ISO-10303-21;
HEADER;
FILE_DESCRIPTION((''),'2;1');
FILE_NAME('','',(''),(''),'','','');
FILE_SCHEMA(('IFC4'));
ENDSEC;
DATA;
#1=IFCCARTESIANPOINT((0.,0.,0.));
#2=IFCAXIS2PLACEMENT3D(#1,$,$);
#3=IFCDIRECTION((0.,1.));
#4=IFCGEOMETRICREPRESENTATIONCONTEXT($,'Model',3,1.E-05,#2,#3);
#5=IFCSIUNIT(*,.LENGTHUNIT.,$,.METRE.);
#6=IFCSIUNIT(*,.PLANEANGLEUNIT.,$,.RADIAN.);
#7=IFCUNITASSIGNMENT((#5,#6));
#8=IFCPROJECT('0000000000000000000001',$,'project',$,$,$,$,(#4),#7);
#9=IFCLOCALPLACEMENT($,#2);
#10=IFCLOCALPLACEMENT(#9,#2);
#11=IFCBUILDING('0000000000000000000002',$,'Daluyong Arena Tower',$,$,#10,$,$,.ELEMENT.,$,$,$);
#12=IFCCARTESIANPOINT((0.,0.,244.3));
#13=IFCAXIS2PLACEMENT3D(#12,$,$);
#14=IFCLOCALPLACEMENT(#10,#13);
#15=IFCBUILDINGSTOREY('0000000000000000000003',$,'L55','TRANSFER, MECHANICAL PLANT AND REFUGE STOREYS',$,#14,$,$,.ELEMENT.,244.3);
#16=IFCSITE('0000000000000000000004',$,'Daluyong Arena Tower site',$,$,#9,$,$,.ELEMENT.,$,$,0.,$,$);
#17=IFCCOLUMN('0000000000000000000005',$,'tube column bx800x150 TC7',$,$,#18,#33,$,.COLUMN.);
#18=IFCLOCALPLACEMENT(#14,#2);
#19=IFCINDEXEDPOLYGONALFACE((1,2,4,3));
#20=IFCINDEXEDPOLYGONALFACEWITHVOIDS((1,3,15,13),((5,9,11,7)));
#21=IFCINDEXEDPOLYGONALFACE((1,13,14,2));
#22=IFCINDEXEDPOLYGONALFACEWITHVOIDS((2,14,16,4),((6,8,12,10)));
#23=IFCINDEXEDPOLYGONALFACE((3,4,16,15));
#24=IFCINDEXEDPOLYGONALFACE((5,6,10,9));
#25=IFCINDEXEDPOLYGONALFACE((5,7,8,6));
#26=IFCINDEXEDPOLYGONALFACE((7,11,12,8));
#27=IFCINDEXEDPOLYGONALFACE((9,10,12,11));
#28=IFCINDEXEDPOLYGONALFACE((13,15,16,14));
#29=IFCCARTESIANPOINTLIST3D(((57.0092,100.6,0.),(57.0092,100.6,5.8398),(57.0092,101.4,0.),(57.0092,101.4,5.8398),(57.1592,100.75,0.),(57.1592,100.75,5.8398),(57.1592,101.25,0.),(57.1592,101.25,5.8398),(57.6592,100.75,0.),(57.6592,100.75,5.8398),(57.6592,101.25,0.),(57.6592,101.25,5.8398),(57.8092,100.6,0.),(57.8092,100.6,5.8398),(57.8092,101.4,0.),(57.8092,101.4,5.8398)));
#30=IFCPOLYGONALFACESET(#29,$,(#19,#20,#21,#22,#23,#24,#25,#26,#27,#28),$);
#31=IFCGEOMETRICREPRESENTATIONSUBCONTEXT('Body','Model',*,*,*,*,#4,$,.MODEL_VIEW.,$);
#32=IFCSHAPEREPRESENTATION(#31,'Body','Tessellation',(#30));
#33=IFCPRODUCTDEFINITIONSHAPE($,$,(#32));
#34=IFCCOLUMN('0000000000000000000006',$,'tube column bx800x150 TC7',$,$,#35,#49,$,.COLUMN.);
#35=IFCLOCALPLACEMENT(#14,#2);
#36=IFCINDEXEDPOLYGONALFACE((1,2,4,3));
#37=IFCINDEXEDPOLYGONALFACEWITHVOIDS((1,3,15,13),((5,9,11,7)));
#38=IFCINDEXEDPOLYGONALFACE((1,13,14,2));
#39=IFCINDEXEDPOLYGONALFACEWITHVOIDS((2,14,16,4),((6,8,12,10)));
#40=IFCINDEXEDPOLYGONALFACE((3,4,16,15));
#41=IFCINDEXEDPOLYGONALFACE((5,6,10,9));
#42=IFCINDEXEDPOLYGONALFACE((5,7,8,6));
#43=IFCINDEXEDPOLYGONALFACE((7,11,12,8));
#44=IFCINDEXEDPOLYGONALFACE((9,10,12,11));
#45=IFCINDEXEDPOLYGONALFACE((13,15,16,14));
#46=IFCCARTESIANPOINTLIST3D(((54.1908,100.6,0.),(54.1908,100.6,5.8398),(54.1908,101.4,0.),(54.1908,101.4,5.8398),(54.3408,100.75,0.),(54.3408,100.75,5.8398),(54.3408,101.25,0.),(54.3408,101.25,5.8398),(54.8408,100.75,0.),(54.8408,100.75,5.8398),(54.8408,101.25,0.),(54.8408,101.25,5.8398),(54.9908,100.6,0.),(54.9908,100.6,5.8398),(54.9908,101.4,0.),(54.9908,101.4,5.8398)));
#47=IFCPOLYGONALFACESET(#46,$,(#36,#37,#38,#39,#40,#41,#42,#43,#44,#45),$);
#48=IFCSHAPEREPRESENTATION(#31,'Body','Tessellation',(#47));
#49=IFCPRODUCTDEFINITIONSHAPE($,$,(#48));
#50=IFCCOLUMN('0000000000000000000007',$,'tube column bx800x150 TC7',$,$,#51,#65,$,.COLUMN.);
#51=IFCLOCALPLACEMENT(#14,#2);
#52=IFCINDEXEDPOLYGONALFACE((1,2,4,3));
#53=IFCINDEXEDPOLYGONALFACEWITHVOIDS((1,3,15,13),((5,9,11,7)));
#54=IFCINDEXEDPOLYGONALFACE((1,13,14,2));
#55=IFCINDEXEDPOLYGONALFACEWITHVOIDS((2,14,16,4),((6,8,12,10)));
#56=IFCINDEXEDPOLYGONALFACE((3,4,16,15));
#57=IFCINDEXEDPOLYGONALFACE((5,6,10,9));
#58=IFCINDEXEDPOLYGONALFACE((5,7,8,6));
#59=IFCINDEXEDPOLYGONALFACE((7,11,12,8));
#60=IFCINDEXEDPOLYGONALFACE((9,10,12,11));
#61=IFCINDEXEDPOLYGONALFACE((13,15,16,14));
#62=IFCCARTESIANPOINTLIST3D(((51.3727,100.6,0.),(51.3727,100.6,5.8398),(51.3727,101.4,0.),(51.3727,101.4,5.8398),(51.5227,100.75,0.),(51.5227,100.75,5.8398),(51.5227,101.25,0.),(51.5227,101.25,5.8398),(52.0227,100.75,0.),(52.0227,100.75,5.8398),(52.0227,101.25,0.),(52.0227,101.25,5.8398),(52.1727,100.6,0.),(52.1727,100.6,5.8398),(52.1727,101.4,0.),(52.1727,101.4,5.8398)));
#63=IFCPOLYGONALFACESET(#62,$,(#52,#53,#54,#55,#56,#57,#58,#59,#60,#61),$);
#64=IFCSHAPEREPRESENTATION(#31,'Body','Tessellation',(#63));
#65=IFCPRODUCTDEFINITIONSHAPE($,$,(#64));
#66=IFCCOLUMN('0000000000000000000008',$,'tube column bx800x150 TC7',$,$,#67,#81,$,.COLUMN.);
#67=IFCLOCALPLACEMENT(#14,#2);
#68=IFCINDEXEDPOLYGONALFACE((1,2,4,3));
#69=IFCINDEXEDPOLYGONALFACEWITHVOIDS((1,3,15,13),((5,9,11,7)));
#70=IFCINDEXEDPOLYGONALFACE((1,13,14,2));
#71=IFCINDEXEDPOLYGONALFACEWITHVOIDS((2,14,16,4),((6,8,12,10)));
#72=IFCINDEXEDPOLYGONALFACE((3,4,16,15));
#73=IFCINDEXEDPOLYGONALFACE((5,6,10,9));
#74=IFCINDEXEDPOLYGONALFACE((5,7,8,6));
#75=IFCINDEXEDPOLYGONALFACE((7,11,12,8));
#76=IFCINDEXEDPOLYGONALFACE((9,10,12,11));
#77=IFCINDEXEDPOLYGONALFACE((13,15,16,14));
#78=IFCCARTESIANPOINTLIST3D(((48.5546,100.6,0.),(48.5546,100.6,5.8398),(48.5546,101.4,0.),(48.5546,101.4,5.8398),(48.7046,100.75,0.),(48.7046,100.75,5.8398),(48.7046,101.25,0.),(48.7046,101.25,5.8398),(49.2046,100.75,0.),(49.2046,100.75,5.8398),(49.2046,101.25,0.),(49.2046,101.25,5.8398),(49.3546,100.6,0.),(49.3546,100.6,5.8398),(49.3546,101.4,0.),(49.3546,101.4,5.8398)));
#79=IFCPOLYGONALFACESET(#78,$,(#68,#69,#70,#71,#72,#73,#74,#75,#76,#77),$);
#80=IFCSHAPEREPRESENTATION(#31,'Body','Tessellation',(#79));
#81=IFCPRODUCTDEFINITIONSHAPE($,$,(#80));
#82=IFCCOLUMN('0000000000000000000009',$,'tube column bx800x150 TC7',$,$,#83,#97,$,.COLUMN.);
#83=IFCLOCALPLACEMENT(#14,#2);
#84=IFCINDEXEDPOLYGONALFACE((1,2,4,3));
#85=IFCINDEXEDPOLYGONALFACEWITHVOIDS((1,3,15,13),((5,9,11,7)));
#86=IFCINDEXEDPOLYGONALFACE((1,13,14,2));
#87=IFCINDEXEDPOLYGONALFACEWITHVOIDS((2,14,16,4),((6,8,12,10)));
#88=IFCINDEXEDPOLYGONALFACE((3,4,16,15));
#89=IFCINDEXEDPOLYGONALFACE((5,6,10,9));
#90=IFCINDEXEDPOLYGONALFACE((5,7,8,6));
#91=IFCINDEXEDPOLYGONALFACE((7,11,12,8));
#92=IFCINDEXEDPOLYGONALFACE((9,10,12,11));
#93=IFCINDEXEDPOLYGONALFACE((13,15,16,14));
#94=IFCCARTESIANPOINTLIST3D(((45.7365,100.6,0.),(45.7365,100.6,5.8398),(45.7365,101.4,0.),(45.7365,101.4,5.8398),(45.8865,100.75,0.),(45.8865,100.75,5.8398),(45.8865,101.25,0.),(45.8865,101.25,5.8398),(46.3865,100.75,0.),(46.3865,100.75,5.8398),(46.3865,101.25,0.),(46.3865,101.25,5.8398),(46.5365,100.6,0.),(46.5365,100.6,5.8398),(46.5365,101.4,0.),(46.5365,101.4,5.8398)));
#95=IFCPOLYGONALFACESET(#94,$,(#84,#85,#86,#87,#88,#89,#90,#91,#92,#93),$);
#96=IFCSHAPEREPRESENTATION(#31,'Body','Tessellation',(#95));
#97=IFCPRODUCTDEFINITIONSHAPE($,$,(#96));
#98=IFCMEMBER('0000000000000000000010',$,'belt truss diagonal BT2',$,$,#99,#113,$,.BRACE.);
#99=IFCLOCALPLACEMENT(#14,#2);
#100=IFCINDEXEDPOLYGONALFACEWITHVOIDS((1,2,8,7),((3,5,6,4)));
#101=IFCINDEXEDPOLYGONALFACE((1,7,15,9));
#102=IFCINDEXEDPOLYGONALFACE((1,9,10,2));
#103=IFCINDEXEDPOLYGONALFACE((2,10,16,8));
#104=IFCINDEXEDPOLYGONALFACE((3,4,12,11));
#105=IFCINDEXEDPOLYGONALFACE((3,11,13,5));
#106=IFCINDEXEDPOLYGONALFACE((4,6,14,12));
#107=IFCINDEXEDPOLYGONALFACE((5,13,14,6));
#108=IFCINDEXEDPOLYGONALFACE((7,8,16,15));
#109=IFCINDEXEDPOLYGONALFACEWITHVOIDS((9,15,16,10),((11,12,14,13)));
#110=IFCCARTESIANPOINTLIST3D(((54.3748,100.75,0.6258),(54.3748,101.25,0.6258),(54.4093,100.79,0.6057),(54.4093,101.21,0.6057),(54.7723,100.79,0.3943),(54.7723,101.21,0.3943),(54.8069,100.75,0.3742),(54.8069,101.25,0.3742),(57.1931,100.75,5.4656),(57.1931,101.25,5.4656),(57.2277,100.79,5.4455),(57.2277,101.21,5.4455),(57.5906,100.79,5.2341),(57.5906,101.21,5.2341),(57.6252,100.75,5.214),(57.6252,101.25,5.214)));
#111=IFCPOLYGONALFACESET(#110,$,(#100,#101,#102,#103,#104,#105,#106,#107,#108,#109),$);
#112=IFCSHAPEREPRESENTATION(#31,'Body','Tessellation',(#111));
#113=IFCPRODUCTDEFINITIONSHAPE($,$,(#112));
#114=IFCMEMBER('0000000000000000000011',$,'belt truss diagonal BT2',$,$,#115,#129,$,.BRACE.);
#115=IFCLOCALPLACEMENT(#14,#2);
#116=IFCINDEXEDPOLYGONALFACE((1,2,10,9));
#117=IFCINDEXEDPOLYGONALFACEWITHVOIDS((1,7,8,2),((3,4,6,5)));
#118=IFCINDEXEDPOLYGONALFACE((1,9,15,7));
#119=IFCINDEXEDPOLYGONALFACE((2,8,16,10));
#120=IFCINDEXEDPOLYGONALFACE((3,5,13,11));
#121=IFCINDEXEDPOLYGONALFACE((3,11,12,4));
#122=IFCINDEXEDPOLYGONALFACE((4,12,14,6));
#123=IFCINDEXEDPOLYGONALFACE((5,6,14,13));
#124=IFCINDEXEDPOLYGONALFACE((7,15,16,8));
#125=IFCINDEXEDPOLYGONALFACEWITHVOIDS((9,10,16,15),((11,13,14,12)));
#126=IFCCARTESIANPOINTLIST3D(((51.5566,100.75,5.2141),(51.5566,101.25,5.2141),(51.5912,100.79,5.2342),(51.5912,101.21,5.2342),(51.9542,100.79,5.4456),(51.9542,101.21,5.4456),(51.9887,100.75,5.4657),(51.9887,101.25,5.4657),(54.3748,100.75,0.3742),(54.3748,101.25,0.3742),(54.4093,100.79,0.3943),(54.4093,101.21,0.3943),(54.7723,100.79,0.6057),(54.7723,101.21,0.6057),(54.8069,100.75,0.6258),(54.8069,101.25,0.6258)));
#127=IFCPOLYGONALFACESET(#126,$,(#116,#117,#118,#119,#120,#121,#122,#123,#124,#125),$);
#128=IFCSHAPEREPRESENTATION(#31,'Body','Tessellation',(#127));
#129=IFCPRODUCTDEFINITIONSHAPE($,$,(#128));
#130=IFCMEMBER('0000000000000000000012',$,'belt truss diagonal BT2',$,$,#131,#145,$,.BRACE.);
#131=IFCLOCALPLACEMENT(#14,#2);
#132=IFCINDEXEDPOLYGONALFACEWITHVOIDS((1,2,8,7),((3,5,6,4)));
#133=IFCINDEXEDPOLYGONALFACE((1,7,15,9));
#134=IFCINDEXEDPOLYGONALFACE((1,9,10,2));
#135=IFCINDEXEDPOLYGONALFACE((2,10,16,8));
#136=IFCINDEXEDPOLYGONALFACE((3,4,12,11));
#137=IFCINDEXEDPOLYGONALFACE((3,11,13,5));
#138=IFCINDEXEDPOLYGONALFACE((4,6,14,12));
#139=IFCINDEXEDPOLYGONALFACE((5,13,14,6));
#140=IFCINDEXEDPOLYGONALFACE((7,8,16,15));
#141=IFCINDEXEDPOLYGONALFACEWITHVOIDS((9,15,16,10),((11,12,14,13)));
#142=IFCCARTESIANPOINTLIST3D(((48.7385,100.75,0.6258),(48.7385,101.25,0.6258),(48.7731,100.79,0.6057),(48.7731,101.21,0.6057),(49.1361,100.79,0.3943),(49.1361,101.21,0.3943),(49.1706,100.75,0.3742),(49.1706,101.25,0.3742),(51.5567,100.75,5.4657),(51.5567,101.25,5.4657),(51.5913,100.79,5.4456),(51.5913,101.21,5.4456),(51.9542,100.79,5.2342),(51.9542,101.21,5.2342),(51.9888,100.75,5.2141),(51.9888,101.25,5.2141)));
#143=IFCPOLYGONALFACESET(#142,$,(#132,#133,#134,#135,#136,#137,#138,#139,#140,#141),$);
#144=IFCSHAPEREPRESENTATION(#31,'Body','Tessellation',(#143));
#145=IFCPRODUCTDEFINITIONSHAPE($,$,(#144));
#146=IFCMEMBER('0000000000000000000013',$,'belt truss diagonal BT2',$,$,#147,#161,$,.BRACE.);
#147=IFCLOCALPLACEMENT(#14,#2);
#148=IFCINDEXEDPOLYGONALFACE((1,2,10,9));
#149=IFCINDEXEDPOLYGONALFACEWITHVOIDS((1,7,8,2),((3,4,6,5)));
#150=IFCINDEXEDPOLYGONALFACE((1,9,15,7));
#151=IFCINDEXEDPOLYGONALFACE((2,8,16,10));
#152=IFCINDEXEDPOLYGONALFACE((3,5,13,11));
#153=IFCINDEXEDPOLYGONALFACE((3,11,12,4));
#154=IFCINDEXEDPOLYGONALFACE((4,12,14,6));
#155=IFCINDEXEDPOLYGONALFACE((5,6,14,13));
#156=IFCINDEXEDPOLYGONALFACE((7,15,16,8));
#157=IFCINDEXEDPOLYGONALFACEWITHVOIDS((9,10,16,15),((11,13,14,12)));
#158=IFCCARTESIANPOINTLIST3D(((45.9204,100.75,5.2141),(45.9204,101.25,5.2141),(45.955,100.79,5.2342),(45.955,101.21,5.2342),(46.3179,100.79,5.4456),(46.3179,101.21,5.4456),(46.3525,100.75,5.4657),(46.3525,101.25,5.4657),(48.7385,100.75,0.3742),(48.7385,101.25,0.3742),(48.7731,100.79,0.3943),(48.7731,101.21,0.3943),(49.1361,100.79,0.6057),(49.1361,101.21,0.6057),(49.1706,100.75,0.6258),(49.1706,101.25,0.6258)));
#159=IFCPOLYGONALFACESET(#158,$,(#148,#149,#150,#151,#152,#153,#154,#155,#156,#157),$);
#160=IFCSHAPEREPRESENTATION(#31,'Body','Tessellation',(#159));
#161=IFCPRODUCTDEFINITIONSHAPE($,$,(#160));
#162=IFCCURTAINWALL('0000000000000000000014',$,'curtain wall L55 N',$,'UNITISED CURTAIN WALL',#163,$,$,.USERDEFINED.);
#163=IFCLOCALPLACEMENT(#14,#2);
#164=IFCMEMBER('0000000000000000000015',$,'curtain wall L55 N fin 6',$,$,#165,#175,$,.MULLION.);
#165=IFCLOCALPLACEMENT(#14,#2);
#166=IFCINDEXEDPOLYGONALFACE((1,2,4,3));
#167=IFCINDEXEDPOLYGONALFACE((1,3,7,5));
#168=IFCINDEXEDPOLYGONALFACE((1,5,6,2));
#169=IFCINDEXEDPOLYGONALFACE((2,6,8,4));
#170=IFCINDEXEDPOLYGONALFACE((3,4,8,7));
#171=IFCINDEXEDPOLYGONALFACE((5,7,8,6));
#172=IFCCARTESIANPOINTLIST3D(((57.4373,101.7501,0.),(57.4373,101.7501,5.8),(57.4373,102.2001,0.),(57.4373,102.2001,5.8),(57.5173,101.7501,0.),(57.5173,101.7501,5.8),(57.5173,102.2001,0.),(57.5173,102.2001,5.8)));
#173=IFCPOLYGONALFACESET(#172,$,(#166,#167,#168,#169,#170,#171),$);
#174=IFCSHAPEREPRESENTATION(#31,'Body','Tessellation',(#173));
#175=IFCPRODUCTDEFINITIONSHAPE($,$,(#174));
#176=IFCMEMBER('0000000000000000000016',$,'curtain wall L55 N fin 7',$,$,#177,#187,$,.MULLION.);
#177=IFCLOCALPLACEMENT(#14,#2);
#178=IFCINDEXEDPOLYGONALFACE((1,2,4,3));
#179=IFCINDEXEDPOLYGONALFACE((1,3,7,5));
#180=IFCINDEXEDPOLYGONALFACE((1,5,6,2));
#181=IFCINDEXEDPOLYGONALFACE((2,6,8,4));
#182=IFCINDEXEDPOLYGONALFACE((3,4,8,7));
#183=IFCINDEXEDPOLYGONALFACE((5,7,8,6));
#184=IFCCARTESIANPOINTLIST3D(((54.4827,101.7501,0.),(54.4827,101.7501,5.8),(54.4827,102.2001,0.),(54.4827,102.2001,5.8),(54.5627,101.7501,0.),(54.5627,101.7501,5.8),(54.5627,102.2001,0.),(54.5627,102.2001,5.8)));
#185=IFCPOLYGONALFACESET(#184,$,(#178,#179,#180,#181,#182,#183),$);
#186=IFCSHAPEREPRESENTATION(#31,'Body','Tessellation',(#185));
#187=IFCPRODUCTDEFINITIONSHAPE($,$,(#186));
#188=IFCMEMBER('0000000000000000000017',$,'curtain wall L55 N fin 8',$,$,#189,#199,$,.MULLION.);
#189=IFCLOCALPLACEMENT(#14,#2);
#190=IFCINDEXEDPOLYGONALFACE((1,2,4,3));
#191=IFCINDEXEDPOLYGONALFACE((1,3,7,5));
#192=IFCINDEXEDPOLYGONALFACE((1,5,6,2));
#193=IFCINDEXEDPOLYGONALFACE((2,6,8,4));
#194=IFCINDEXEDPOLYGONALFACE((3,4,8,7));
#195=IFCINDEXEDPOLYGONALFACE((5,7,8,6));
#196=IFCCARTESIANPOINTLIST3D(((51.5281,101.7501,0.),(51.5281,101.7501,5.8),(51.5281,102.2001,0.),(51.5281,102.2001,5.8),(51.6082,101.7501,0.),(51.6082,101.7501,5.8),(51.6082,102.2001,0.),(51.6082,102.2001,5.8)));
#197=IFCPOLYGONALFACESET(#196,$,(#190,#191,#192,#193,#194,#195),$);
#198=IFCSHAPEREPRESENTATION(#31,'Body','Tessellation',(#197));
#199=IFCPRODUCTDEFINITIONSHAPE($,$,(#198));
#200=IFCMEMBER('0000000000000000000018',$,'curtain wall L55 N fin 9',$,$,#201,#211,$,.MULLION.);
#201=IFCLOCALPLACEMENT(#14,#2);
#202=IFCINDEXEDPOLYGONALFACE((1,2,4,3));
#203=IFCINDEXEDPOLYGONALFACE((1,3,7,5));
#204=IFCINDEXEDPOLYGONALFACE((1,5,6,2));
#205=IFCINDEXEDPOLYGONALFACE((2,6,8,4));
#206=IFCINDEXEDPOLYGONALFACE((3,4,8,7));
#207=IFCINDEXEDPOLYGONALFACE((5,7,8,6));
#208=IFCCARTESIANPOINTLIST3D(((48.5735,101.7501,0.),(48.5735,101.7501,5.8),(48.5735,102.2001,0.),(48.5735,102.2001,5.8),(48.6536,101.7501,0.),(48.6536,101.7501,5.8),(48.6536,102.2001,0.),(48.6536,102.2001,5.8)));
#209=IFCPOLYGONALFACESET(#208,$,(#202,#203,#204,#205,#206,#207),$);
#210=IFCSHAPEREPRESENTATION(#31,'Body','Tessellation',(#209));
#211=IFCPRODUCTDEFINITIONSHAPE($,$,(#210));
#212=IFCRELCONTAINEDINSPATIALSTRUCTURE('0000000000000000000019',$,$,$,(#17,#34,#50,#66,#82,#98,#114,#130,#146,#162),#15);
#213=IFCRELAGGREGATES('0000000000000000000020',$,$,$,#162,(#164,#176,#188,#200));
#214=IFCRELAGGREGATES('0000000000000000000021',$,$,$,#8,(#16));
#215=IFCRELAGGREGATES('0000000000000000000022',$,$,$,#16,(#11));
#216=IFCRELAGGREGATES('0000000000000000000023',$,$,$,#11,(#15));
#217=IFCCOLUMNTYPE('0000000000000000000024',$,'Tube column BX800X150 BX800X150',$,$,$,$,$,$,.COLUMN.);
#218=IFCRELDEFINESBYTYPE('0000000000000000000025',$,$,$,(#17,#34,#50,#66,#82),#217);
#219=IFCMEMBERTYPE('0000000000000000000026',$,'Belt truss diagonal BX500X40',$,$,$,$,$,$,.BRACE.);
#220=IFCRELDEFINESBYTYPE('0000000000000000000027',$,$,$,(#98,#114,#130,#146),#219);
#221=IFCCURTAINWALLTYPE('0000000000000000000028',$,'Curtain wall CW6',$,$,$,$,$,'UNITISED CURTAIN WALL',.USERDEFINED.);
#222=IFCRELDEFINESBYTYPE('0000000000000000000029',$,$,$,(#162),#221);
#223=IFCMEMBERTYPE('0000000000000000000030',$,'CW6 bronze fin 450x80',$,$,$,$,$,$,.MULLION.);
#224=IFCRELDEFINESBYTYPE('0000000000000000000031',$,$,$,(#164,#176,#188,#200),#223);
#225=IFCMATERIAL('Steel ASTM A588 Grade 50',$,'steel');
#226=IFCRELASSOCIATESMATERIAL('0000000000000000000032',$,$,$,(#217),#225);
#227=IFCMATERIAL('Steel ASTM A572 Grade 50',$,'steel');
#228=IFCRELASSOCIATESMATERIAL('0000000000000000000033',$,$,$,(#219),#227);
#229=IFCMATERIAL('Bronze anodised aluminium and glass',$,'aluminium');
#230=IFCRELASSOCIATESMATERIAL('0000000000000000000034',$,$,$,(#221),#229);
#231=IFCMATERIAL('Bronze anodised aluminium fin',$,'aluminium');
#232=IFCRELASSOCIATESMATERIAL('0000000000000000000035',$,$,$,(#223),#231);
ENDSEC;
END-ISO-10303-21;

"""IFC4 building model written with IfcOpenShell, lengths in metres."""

from ifc_helpers import new_model, si_unit, direction, frame, origin, origin_2d, place, context, subcontext, project, spatial, rectangle, hollow_rectangle, extrude, material, material_profile, profile_set, type_object, element, aggregate, save


model = new_model("IFC4")

# Units and contexts
model_context = context("Model", 3, precision=1e-05, world=origin(), true_north=direction((0.0, 1.0)))
body_context = subcontext(model_context, "Body", "Model", "MODEL_VIEW")
ifc_project = project(units=[si_unit("LENGTHUNIT", "METRE"), si_unit("PLANEANGLEUNIT", "RADIAN")], contexts=[model_context])

# Site, building, storey
site_placement = place(None, origin())
site = spatial("IfcSite", under=ifc_project, at=site_placement, Name="Daluyong Arena Tower site", CompositionType="ELEMENT", RefElevation=0.0)
building_placement = place(site_placement, origin())
building = spatial("IfcBuilding", under=site, at=building_placement, Name="Daluyong Arena Tower", CompositionType="ELEMENT")
storey_placement = place(building_placement, frame((0.0, 0.0, 244.3)))
storey = spatial("IfcBuildingStorey", under=building, at=storey_placement, Name="L55", Description="TRANSFER, MECHANICAL PLANT AND REFUGE STOREYS", CompositionType="ELEMENT", Elevation=244.3)

# Columns
ifc_material_1 = material(Name="Steel ASTM A588 Grade 50", Category="steel")
ifc_material_profile_1 = material_profile(ifc_material_1, hollow_rectangle(XDim=0.8, YDim=0.8, WallThickness=0.15, at=origin_2d()))
ifc_profile_set_1 = profile_set([ifc_material_profile_1], Name="Steel ASTM A588 Grade 50")
column_type = type_object("IfcColumnType", Name="Tube column BX800X150 BX800X150", PredefinedType="COLUMN", material=ifc_profile_set_1)
for number, where, z_axis, x_axis, name in (
    (1, (57.4092, 101.0, 0.0), (0.0, 0.0, 1.0), (1.0, 0.0, 0.0), "tube column bx800x150 TC7"),
    (2, (54.5908, 101.0, 0.0), (0.0, 0.0, 1.0), (1.0, 0.0, 0.0), "tube column bx800x150 TC7"),
    (3, (51.7727, 101.0, 0.0), (0.0, 0.0, 1.0), (1.0, 0.0, 0.0), "tube column bx800x150 TC7"),
    (4, (48.9546, 101.0, 0.0), (0.0, 0.0, 1.0), (1.0, 0.0, 0.0), "tube column bx800x150 TC7"),
    (5, (46.1365, 101.0, 0.0), (0.0, 0.0, 1.0), (1.0, 0.0, 0.0), "tube column bx800x150 TC7"),
):
    element("IfcColumn", number, at=place(storey_placement, frame(where, z_axis=z_axis, x_axis=x_axis)), inside=storey, type_object=column_type, Name=name, PredefinedType="COLUMN", context=body_context, shape_type="SweptSolid", body=[
        extrude(hollow_rectangle(XDim=0.8, YDim=0.8, WallThickness=0.15, at=origin_2d()), origin(), (0.0, 0.0, 1.0), 5.8398),
    ])

# Members
ifc_material_2 = material(Name="Steel ASTM A572 Grade 50", Category="steel")
ifc_material_profile_2 = material_profile(ifc_material_2, hollow_rectangle(XDim=0.5, YDim=0.5, WallThickness=0.04, at=origin_2d()))
ifc_profile_set_2 = profile_set([ifc_material_profile_2], Name="Steel ASTM A572 Grade 50")
member_type_1 = type_object("IfcMemberType", Name="Belt truss diagonal BX500X40", PredefinedType="BRACE", material=ifc_profile_set_2)
for number, where, z_axis, x_axis, name in (
    (6, (54.5908, 101.0, 0.5), (0.50322, 0.0, 0.864158), (0.0, 1.0, 0.0), "belt truss diagonal BT2"),
    (7, (54.5908, 101.0, 0.5), (-0.503188, 0.0, 0.864177), (0.0, -1.0, 0.0), "belt truss diagonal BT2"),
    (8, (48.9546, 101.0, 0.5), (0.503188, 0.0, 0.864177), (0.0, 1.0, 0.0), "belt truss diagonal BT2"),
    (9, (48.9546, 101.0, 0.5), (-0.503188, 0.0, 0.864177), (0.0, -1.0, 0.0), "belt truss diagonal BT2"),
):
    element("IfcMember", number, at=place(storey_placement, frame(where, z_axis=z_axis, x_axis=x_axis)), inside=storey, type_object=member_type_1, Name=name, PredefinedType="BRACE", context=body_context, shape_type="SweptSolid", body=[
        extrude(hollow_rectangle(XDim=0.5, YDim=0.5, WallThickness=0.04, at=origin_2d()), origin(), (0.0, 0.0, 1.0), 5.6006),
    ])

# Curtain wall, members
ifc_material_3 = material(Name="Bronze anodised aluminium and glass", Category="aluminium")
curtain_wall_type = type_object("IfcCurtainWallType", Name="Curtain wall CW6", ElementType="UNITISED CURTAIN WALL", PredefinedType="USERDEFINED", material=ifc_material_3)
curtain_wall_placement = place(storey_placement, origin())
curtain_wall = element("IfcCurtainWall", 10, at=curtain_wall_placement, inside=storey, type_object=curtain_wall_type, Name="curtain wall L55 N", ObjectType="UNITISED CURTAIN WALL", PredefinedType="USERDEFINED")
ifc_material_4 = material(Name="Bronze anodised aluminium fin", Category="aluminium")
ifc_material_profile_3 = material_profile(ifc_material_4, rectangle(XDim=0.45, YDim=0.0801, at=origin_2d()))
ifc_profile_set_3 = profile_set([ifc_material_profile_3], Name="Bronze anodised aluminium fin")
member_type_2 = type_object("IfcMemberType", Name="CW6 bronze fin 450x80", PredefinedType="MULLION", material=ifc_profile_set_3)
member_1_placement = place(storey_placement, frame((57.4773, 101.9751, 0.0), z_axis=(0.0, 0.0, 1.0), x_axis=(0.0, -1.0, 0.0)))
member_1 = element("IfcMember", 11, at=member_1_placement, type_object=member_type_2, Name="curtain wall L55 N fin 6", PredefinedType="MULLION", context=body_context, shape_type="SweptSolid", body=[
    extrude(rectangle(XDim=0.45, YDim=0.0801, at=origin_2d()), origin(), (0.0, 0.0, 1.0), 5.8),
])
member_2_placement = place(storey_placement, frame((54.5227, 101.9751, 0.0), z_axis=(0.0, 0.0, 1.0), x_axis=(0.0, -1.0, 0.0)))
member_2 = element("IfcMember", 12, at=member_2_placement, type_object=member_type_2, Name="curtain wall L55 N fin 7", PredefinedType="MULLION", context=body_context, shape_type="SweptSolid", body=[
    extrude(rectangle(XDim=0.45, YDim=0.0801, at=origin_2d()), origin(), (0.0, 0.0, 1.0), 5.8),
])
member_3_placement = place(storey_placement, frame((51.5681, 101.9751, 0.0), z_axis=(0.0, 0.0, 1.0), x_axis=(0.0, -1.0, 0.0)))
member_3 = element("IfcMember", 13, at=member_3_placement, type_object=member_type_2, Name="curtain wall L55 N fin 8", PredefinedType="MULLION", context=body_context, shape_type="SweptSolid", body=[
    extrude(rectangle(XDim=0.45, YDim=0.0801, at=origin_2d()), origin(), (0.0, 0.0, 1.0), 5.8),
])
member_4_placement = place(storey_placement, frame((48.6135, 101.9751, 0.0), z_axis=(0.0, 0.0, 1.0), x_axis=(0.0, -1.0, 0.0)))
member_4 = element("IfcMember", 14, at=member_4_placement, type_object=member_type_2, Name="curtain wall L55 N fin 9", PredefinedType="MULLION", context=body_context, shape_type="SweptSolid", body=[
    extrude(rectangle(XDim=0.45, YDim=0.0801, at=origin_2d()), origin(), (0.0, 0.0, 1.0), 5.8),
])

aggregate(curtain_wall, [member_1, member_2, member_3, member_4])

save(model, "model.ifc")
